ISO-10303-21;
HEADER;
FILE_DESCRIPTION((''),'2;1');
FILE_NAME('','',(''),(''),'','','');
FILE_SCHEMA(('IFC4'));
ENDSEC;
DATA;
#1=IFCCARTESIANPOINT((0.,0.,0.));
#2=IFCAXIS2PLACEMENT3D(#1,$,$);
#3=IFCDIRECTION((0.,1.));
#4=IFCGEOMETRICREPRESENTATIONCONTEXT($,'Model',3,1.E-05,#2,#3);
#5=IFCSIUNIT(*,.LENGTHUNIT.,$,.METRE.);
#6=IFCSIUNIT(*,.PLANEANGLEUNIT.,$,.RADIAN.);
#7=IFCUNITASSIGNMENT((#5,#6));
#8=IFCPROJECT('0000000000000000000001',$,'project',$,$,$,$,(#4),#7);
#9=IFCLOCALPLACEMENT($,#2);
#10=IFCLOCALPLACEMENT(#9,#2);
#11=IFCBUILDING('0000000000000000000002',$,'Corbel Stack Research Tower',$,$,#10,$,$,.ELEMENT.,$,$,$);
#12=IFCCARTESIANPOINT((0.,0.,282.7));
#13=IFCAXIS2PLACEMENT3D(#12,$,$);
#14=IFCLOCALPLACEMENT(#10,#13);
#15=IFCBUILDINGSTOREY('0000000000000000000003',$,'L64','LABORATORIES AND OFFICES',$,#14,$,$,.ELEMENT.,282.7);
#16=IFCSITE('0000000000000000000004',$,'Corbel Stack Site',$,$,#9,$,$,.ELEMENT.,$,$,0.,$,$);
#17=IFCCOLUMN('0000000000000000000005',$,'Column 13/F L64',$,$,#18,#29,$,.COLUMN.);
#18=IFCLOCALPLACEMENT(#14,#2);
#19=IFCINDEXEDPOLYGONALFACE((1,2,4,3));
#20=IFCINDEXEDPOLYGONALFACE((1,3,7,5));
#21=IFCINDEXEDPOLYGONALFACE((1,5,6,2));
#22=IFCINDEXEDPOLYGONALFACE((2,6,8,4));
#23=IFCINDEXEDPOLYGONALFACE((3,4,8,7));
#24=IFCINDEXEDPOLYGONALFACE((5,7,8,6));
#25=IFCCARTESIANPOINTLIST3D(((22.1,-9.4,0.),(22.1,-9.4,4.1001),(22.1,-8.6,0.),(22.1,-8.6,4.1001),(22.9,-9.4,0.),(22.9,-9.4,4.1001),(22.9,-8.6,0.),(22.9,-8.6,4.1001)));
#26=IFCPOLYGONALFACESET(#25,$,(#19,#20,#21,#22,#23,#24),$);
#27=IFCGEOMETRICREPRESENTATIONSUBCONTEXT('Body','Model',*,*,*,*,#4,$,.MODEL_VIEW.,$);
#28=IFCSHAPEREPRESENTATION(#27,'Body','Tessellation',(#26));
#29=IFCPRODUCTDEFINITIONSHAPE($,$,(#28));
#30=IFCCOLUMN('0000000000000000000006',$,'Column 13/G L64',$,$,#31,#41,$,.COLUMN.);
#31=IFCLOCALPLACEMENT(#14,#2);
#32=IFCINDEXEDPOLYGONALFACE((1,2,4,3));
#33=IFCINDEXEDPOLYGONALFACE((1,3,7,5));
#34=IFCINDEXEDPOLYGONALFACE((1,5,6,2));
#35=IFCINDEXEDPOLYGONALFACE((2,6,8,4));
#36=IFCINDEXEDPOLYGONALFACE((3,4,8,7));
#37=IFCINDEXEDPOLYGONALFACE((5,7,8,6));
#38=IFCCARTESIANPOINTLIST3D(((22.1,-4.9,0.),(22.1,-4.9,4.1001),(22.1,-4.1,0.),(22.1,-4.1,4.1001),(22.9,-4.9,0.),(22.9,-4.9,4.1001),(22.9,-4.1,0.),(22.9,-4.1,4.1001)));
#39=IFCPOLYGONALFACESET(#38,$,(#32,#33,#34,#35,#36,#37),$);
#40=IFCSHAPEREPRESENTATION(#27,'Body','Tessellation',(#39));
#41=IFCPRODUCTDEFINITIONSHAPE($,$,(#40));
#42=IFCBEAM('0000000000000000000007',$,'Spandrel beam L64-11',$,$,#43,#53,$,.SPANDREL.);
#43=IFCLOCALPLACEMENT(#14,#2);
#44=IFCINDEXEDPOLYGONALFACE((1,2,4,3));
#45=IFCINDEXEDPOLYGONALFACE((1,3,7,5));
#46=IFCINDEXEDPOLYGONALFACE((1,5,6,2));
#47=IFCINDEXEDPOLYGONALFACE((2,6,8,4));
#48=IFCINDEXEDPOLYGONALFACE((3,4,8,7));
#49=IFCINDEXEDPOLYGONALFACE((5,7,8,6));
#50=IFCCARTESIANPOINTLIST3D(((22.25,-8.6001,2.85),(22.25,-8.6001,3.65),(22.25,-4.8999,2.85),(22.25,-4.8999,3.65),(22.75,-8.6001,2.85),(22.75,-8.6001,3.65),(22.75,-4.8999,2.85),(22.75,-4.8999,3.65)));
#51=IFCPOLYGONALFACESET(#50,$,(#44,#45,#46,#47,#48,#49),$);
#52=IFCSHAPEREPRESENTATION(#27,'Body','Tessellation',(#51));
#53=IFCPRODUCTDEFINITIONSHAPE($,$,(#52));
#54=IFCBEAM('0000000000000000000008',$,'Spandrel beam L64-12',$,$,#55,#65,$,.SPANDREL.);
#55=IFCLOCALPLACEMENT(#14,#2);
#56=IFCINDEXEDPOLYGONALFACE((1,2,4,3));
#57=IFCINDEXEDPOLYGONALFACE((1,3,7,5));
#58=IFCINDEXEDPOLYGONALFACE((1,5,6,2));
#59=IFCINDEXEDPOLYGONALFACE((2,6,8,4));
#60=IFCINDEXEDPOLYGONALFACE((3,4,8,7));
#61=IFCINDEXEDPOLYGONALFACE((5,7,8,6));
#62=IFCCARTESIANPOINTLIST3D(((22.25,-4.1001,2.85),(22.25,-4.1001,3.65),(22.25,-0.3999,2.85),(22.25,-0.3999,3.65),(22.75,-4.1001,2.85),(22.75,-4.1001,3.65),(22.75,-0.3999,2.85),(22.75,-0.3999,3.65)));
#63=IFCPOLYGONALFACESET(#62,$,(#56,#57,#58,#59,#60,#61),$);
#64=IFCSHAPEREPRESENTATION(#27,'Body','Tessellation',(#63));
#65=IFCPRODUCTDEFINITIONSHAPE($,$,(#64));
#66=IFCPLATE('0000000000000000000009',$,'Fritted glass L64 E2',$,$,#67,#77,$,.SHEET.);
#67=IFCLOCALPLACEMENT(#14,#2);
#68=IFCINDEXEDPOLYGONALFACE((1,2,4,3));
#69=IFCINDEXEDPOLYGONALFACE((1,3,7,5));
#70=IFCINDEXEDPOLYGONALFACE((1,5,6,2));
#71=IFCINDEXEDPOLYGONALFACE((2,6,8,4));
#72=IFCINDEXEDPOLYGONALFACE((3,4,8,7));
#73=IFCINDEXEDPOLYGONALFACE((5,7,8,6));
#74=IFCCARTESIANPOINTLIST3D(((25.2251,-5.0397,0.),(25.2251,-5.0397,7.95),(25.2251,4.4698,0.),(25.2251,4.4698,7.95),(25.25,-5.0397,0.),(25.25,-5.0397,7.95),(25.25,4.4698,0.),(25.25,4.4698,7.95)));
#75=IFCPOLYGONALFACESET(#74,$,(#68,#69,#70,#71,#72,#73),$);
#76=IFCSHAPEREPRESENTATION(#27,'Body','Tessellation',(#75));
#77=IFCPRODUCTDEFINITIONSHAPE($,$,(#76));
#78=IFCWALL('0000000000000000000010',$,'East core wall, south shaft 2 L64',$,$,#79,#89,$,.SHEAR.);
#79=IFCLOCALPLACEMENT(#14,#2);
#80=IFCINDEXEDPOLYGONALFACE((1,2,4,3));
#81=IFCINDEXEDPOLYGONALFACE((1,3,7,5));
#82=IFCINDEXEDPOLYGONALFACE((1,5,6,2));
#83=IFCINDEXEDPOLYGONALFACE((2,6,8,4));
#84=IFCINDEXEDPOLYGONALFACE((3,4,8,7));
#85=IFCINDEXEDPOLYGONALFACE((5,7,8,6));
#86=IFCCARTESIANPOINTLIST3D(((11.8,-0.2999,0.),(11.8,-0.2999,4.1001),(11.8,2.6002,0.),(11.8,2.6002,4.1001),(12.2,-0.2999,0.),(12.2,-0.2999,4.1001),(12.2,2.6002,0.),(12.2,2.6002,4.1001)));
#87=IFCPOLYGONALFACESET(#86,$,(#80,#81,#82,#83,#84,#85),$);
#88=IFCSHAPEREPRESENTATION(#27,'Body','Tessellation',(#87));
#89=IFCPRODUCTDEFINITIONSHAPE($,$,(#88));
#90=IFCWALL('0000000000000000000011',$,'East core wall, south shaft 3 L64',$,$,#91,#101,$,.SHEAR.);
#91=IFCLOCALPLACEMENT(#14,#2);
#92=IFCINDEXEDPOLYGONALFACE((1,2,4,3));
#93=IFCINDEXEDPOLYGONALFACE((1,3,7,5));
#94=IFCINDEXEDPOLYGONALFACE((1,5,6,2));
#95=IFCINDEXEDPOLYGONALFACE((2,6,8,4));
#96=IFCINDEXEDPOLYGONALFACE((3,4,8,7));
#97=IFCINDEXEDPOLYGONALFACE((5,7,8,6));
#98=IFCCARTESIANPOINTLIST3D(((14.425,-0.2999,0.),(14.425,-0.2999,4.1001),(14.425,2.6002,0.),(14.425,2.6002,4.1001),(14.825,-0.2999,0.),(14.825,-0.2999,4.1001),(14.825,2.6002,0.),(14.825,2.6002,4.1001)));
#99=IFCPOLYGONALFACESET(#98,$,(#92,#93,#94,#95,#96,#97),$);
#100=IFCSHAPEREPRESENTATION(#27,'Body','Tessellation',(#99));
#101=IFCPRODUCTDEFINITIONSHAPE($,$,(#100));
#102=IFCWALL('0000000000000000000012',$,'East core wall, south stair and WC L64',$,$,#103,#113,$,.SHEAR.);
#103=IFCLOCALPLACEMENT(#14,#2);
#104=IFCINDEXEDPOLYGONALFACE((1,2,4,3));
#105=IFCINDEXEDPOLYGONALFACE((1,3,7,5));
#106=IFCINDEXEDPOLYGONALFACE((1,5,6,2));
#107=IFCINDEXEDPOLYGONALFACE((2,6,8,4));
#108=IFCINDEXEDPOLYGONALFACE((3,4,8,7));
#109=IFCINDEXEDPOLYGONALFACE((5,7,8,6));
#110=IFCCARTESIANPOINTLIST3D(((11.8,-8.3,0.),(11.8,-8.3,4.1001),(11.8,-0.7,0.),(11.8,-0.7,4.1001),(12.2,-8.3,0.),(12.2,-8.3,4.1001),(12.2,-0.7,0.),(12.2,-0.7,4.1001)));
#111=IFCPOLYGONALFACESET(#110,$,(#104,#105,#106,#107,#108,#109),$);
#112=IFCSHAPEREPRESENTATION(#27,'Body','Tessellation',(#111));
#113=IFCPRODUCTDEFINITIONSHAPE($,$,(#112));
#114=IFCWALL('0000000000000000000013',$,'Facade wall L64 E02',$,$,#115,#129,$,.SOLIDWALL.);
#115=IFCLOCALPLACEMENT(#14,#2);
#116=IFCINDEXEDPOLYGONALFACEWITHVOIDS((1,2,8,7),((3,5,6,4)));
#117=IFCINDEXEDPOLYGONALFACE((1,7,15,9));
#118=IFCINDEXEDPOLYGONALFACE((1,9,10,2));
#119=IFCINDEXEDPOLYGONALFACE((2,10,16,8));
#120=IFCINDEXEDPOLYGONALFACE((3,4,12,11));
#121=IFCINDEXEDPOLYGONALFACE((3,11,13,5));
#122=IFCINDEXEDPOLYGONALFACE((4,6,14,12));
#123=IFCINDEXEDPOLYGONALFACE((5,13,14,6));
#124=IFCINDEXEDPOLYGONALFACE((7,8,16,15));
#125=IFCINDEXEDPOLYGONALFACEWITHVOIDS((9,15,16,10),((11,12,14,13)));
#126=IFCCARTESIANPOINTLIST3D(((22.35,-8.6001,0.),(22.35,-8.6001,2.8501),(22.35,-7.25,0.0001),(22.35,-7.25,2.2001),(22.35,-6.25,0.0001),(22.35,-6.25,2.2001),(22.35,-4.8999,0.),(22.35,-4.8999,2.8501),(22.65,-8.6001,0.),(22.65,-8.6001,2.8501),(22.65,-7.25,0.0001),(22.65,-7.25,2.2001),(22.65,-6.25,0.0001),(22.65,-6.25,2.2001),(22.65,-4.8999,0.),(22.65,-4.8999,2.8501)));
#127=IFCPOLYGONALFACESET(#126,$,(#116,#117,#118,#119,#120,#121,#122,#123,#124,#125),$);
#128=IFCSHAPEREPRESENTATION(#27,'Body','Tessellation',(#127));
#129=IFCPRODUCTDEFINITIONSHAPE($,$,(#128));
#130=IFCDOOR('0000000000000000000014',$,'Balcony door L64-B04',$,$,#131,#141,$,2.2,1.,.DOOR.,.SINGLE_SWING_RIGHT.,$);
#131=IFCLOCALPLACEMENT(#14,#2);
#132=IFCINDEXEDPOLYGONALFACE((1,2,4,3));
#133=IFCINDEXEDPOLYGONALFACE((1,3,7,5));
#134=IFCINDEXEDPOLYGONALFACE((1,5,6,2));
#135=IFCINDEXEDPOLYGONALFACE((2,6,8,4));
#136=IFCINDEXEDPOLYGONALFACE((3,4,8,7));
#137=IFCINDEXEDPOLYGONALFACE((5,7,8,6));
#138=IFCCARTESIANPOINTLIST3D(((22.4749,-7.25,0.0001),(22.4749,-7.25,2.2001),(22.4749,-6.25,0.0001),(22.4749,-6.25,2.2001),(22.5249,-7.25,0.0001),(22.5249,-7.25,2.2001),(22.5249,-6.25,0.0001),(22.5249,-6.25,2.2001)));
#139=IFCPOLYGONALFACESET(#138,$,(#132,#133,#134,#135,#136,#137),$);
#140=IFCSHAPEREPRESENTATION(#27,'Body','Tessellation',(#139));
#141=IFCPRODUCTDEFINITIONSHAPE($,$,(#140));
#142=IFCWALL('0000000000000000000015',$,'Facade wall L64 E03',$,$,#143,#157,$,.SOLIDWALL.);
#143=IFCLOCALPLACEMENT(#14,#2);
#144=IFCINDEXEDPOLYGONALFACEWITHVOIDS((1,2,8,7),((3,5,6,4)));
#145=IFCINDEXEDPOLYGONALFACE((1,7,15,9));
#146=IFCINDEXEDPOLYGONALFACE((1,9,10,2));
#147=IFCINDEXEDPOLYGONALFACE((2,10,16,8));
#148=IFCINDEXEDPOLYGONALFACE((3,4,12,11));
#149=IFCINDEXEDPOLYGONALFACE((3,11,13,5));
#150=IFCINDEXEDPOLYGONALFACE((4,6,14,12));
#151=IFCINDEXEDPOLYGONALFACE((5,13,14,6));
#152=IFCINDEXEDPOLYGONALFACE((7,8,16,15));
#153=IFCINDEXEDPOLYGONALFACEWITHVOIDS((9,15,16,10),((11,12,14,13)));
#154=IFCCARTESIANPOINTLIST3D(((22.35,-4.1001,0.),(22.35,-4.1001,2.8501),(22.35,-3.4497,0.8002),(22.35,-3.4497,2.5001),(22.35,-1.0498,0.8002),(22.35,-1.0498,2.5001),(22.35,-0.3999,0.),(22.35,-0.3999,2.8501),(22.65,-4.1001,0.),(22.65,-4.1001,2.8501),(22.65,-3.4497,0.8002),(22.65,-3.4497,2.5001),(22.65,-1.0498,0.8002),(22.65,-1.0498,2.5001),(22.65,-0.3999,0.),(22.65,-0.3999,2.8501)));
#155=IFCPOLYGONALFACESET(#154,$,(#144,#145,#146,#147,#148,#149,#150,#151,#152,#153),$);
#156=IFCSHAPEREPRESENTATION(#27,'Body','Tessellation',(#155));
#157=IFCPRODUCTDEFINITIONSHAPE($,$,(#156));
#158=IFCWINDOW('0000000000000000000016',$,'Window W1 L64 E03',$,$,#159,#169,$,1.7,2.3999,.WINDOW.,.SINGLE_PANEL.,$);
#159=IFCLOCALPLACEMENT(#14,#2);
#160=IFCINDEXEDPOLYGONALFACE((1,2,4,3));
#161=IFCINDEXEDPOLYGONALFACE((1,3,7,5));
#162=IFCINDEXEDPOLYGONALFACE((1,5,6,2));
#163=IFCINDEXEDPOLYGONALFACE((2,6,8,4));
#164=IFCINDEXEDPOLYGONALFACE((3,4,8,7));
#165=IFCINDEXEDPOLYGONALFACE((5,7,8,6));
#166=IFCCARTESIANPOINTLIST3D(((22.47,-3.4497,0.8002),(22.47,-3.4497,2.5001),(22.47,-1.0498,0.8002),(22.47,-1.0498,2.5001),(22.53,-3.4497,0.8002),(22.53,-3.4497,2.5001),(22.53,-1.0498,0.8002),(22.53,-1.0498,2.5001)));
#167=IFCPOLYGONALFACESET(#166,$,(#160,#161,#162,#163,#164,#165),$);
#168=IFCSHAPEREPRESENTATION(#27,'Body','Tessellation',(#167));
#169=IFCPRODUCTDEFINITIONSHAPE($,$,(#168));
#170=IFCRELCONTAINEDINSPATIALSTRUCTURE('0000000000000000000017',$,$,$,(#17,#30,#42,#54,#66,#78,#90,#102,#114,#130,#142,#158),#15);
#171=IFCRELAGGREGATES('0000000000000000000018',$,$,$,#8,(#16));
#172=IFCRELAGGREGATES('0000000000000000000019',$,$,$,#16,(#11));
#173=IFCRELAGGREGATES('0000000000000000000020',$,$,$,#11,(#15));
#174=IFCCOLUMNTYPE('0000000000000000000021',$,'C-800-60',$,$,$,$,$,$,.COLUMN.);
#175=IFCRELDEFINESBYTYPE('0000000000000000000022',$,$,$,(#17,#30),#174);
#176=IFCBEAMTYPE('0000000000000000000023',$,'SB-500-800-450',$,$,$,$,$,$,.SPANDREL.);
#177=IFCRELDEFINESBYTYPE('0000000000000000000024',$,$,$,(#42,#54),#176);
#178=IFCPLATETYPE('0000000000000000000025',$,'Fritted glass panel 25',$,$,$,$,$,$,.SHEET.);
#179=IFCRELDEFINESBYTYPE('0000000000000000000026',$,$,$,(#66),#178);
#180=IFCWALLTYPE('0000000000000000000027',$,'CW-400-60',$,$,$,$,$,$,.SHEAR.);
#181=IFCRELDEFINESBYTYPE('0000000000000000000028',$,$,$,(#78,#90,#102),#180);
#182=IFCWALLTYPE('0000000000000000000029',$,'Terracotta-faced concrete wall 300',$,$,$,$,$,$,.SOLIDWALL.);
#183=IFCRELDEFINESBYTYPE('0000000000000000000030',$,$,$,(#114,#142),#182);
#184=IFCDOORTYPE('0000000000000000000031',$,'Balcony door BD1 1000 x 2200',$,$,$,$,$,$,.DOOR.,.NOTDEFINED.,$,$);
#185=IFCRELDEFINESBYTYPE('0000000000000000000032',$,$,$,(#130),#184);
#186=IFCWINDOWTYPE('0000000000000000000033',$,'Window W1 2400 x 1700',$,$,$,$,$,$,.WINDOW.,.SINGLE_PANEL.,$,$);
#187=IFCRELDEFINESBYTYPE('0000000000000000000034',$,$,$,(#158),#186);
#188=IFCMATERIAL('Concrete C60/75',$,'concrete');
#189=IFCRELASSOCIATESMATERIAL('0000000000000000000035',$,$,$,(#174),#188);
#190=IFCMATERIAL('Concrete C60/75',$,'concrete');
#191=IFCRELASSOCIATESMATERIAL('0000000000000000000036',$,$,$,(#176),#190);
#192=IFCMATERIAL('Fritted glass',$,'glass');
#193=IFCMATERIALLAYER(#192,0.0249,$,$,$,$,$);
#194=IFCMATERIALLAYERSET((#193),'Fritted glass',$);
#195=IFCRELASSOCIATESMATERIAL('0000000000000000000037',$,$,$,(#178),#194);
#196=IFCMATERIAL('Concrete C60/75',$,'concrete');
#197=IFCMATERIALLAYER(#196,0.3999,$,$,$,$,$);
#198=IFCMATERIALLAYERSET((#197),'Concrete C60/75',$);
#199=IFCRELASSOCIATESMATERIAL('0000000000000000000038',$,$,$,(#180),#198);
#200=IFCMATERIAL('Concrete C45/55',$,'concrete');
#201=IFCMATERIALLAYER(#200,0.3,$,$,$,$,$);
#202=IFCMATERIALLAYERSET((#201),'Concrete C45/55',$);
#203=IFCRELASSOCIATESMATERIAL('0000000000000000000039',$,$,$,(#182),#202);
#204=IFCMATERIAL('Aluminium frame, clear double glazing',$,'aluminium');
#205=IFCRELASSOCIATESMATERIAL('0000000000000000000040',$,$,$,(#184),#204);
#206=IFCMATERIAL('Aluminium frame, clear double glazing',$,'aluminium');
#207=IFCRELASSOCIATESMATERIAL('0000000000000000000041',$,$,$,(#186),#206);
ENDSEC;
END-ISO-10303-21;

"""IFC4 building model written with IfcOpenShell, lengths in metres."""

from ifc_helpers import new_model, si_unit, direction, frame, frame_2d, origin, origin_2d, place, context, subcontext, project, spatial, rectangle, extrude, material, layer, layer_set, material_profile, profile_set, type_object, element, fill, save


model = new_model("IFC4")

# Units and contexts
model_context = context("Model", 3, precision=1e-05, world=origin(), true_north=direction((0.0, 1.0)))
body_context = subcontext(model_context, "Body", "Model", "MODEL_VIEW")
ifc_project = project(units=[si_unit("LENGTHUNIT", "METRE"), si_unit("PLANEANGLEUNIT", "RADIAN")], contexts=[model_context])

# Site, building, storey
site_placement = place(None, origin())
site = spatial("IfcSite", under=ifc_project, at=site_placement, Name="Corbel Stack Site", CompositionType="ELEMENT", RefElevation=0.0)
building_placement = place(site_placement, origin())
building = spatial("IfcBuilding", under=site, at=building_placement, Name="Corbel Stack Research Tower", CompositionType="ELEMENT")
storey_placement = place(building_placement, frame((0.0, 0.0, 282.7)))
storey = spatial("IfcBuildingStorey", under=building, at=storey_placement, Name="L64", Description="LABORATORIES AND OFFICES", CompositionType="ELEMENT", Elevation=282.7)

# Columns
ifc_material_1 = material(Name="Concrete C60/75", Category="concrete")
ifc_material_profile_1 = material_profile(ifc_material_1, rectangle(XDim=0.8, YDim=0.8, at=origin_2d()), Name="RC 800 x 800")
ifc_profile_set_1 = profile_set([ifc_material_profile_1], Name="Concrete C60/75")
column_type = type_object("IfcColumnType", Name="C-800-60", PredefinedType="COLUMN", material=ifc_profile_set_1)
for number, where, z_axis, x_axis, name in (
    (1, (22.5, -9.0, 0.0), (0.0, 0.0, 1.0), (1.0, 0.0, 0.0), "Column 13/F L64"),
    (2, (22.5, -4.5, 0.0), (0.0, 0.0, 1.0), (1.0, 0.0, 0.0), "Column 13/G L64"),
):
    element("IfcColumn", number, at=place(storey_placement, frame(where, z_axis=z_axis, x_axis=x_axis)), inside=storey, type_object=column_type, Name=name, PredefinedType="COLUMN", context=body_context, shape_type="SweptSolid", body=[
        extrude(rectangle(XDim=0.8, YDim=0.8, at=origin_2d()), origin(), (0.0, 0.0, 1.0), 4.1001),
    ])

# Beams
ifc_material_2 = material(Name="Concrete C60/75", Category="concrete")
ifc_material_profile_2 = material_profile(ifc_material_2, rectangle(XDim=0.5, YDim=0.8, at=origin_2d()), Name="RC 500 x 800")
ifc_profile_set_2 = profile_set([ifc_material_profile_2], Name="Concrete C60/75")
beam_type = type_object("IfcBeamType", Name="SB-500-800-450", PredefinedType="SPANDREL", material=ifc_profile_set_2)
for number, where, z_axis, x_axis, name in (
    (3, (22.5, -8.6001, 3.25), (0.0, 1.0, 0.0), (-1.0, 0.0, 0.0), "Spandrel beam L64-11"),
    (4, (22.5, -4.1001, 3.25), (0.0, 1.0, 0.0), (-1.0, 0.0, 0.0), "Spandrel beam L64-12"),
):
    element("IfcBeam", number, at=place(storey_placement, frame(where, z_axis=z_axis, x_axis=x_axis)), inside=storey, type_object=beam_type, Name=name, PredefinedType="SPANDREL", context=body_context, shape_type="SweptSolid", body=[
        extrude(rectangle(XDim=0.5, YDim=0.8, at=origin_2d()), origin(), (0.0, 0.0, 1.0), 3.7002),
    ])

# Plate
ifc_material_3 = material(Name="Fritted glass", Category="glass")
ifc_layer_1 = layer(ifc_material_3, 0.0249)
ifc_layer_set_1 = layer_set([ifc_layer_1], Name="Fritted glass")
plate_type = type_object("IfcPlateType", Name="Fritted glass panel 25", PredefinedType="SHEET", material=ifc_layer_set_1)
plate_placement = place(storey_placement, frame((25.2375, -0.2849, 0.0), z_axis=(0.0, 0.0, 1.0), x_axis=(0.0, 1.0, 0.0)))
element("IfcPlate", 5, at=plate_placement, inside=storey, type_object=plate_type, Name="Fritted glass L64 E2", PredefinedType="SHEET", context=body_context, shape_type="SweptSolid", body=[
    extrude(rectangle(XDim=9.5095, YDim=0.0249, at=origin_2d()), origin(), (0.0, 0.0, 1.0), 7.95),
])

# Walls
ifc_material_4 = material(Name="Concrete C60/75", Category="concrete")
ifc_layer_2 = layer(ifc_material_4, 0.3999)
ifc_layer_set_2 = layer_set([ifc_layer_2], Name="Concrete C60/75")
wall_type_1 = type_object("IfcWallType", Name="CW-400-60", PredefinedType="SHEAR", material=ifc_layer_set_2)
for number, where, z_axis, x_axis, name in (
    (6, (12.0, -0.3, 0.0), (0.0, 0.0, 1.0), (0.0, 1.0, 0.0), "East core wall, south shaft 2 L64"),
    (7, (14.625, -0.3, 0.0), (0.0, 0.0, 1.0), (0.0, 1.0, 0.0), "East core wall, south shaft 3 L64"),
):
    element("IfcWall", number, at=place(storey_placement, frame(where, z_axis=z_axis, x_axis=x_axis)), inside=storey, type_object=wall_type_1, Name=name, PredefinedType="SHEAR", context=body_context, shape_type="SweptSolid", body=[
        extrude(rectangle(XDim=2.9001, YDim=0.3999, at=frame_2d((1.4502, 0.0))), origin(), (0.0, 0.0, 1.0), 4.1001),
    ])
wall_1_placement = place(storey_placement, frame((12.0, -8.3, 0.0), z_axis=(0.0, 0.0, 1.0), x_axis=(0.0, 1.0, 0.0)))
element("IfcWall", 8, at=wall_1_placement, inside=storey, type_object=wall_type_1, Name="East core wall, south stair and WC L64", PredefinedType="SHEAR", context=body_context, shape_type="SweptSolid", body=[
    extrude(rectangle(XDim=7.6001, YDim=0.3999, at=frame_2d((3.8, 0.0))), origin(), (0.0, 0.0, 1.0), 4.1001),
])

# Wall, opening, door
ifc_material_5 = material(Name="Concrete C45/55", Category="concrete")
ifc_layer_3 = layer(ifc_material_5, 0.3)
ifc_layer_set_3 = layer_set([ifc_layer_3], Name="Concrete C45/55")
wall_type_2 = type_object("IfcWallType", Name="Terracotta-faced concrete wall 300", PredefinedType="SOLIDWALL", material=ifc_layer_set_3)
wall_2_placement = place(storey_placement, frame((22.5, -4.8999, 0.0), z_axis=(0.0, 0.0, 1.0), x_axis=(0.0, -1.0, 0.0)))
wall_2 = element("IfcWall", 9, at=wall_2_placement, inside=storey, type_object=wall_type_2, Name="Facade wall L64 E02", PredefinedType="SOLIDWALL", context=body_context, shape_type="SweptSolid", body=[
    extrude(rectangle(XDim=3.7002, YDim=0.3, at=frame_2d((1.8501, 0.0))), origin(), (0.0, 0.0, 1.0), 2.8501),
])
opening_1_placement = place(wall_2_placement, frame((1.3501, 0.0, 0.0)))
opening_1 = element("IfcOpeningElement", 10, at=opening_1_placement, cuts=wall_2, PredefinedType="OPENING", context=body_context, shape_type="SweptSolid", body=[
    extrude(rectangle(XDim=1.0, YDim=2.2, at=frame_2d((0.5, 1.1001))), frame((0.0, 0.1599, 0.0), z_axis=(0.0, -1.0, 0.0), x_axis=(1.0, 0.0, 0.0)), (0.0, 0.0, 1.0), 0.3201),
])
ifc_material_6 = material(Name="Aluminium frame, clear double glazing", Category="aluminium")
door_type = type_object("IfcDoorType", Name="Balcony door BD1 1000 x 2200", OperationType="NOTDEFINED", PredefinedType="DOOR", material=ifc_material_6)
door_placement = place(opening_1_placement, origin())
door = element("IfcDoor", 11, at=door_placement, inside=storey, type_object=door_type, Name="Balcony door L64-B04", OperationType="SINGLE_SWING_RIGHT", OverallHeight=2.2, OverallWidth=1.0, PredefinedType="DOOR", context=body_context, shape_type="SweptSolid", body=[
    extrude(rectangle(XDim=1.0, YDim=2.2, at=frame_2d((0.5, 1.1001))), frame((0.0, 0.0249, 0.0), z_axis=(0.0, -1.0, 0.0), x_axis=(1.0, 0.0, 0.0)), (0.0, 0.0, 1.0), 0.05),
])
fill(opening_1, door)

# Wall, opening, window
wall_3_placement = place(storey_placement, frame((22.5, -0.3999, 0.0), z_axis=(0.0, 0.0, 1.0), x_axis=(0.0, -1.0, 0.0)))
wall_3 = element("IfcWall", 12, at=wall_3_placement, inside=storey, type_object=wall_type_2, Name="Facade wall L64 E03", PredefinedType="SOLIDWALL", context=body_context, shape_type="SweptSolid", body=[
    extrude(rectangle(XDim=3.7002, YDim=0.3, at=frame_2d((1.8501, 0.0))), origin(), (0.0, 0.0, 1.0), 2.8501),
])
opening_2_placement = place(wall_3_placement, frame((0.6499, 0.0, 0.8)))
opening_2 = element("IfcOpeningElement", 13, at=opening_2_placement, cuts=wall_3, PredefinedType="OPENING", context=body_context, shape_type="SweptSolid", body=[
    extrude(rectangle(XDim=2.3999, YDim=1.7, at=frame_2d((1.2, 0.8501))), frame((0.0, 0.1599, 0.0), z_axis=(0.0, -1.0, 0.0), x_axis=(1.0, 0.0, 0.0)), (0.0, 0.0, 1.0), 0.3201),
])
ifc_material_7 = material(Name="Aluminium frame, clear double glazing", Category="aluminium")
window_type = type_object("IfcWindowType", Name="Window W1 2400 x 1700", PartitioningType="SINGLE_PANEL", PredefinedType="WINDOW", material=ifc_material_7)
window_placement = place(opening_2_placement, origin())
window = element("IfcWindow", 14, at=window_placement, inside=storey, type_object=window_type, Name="Window W1 L64 E03", OverallHeight=1.7, OverallWidth=2.3999, PartitioningType="SINGLE_PANEL", PredefinedType="WINDOW", context=body_context, shape_type="SweptSolid", body=[
    extrude(rectangle(XDim=2.3999, YDim=1.7, at=frame_2d((1.2, 0.8501))), frame((0.0, 0.03, 0.0), z_axis=(0.0, -1.0, 0.0), x_axis=(1.0, 0.0, 0.0)), (0.0, 0.0, 1.0), 0.0601),
])
fill(opening_2, window)

save(model, "model.ifc")
